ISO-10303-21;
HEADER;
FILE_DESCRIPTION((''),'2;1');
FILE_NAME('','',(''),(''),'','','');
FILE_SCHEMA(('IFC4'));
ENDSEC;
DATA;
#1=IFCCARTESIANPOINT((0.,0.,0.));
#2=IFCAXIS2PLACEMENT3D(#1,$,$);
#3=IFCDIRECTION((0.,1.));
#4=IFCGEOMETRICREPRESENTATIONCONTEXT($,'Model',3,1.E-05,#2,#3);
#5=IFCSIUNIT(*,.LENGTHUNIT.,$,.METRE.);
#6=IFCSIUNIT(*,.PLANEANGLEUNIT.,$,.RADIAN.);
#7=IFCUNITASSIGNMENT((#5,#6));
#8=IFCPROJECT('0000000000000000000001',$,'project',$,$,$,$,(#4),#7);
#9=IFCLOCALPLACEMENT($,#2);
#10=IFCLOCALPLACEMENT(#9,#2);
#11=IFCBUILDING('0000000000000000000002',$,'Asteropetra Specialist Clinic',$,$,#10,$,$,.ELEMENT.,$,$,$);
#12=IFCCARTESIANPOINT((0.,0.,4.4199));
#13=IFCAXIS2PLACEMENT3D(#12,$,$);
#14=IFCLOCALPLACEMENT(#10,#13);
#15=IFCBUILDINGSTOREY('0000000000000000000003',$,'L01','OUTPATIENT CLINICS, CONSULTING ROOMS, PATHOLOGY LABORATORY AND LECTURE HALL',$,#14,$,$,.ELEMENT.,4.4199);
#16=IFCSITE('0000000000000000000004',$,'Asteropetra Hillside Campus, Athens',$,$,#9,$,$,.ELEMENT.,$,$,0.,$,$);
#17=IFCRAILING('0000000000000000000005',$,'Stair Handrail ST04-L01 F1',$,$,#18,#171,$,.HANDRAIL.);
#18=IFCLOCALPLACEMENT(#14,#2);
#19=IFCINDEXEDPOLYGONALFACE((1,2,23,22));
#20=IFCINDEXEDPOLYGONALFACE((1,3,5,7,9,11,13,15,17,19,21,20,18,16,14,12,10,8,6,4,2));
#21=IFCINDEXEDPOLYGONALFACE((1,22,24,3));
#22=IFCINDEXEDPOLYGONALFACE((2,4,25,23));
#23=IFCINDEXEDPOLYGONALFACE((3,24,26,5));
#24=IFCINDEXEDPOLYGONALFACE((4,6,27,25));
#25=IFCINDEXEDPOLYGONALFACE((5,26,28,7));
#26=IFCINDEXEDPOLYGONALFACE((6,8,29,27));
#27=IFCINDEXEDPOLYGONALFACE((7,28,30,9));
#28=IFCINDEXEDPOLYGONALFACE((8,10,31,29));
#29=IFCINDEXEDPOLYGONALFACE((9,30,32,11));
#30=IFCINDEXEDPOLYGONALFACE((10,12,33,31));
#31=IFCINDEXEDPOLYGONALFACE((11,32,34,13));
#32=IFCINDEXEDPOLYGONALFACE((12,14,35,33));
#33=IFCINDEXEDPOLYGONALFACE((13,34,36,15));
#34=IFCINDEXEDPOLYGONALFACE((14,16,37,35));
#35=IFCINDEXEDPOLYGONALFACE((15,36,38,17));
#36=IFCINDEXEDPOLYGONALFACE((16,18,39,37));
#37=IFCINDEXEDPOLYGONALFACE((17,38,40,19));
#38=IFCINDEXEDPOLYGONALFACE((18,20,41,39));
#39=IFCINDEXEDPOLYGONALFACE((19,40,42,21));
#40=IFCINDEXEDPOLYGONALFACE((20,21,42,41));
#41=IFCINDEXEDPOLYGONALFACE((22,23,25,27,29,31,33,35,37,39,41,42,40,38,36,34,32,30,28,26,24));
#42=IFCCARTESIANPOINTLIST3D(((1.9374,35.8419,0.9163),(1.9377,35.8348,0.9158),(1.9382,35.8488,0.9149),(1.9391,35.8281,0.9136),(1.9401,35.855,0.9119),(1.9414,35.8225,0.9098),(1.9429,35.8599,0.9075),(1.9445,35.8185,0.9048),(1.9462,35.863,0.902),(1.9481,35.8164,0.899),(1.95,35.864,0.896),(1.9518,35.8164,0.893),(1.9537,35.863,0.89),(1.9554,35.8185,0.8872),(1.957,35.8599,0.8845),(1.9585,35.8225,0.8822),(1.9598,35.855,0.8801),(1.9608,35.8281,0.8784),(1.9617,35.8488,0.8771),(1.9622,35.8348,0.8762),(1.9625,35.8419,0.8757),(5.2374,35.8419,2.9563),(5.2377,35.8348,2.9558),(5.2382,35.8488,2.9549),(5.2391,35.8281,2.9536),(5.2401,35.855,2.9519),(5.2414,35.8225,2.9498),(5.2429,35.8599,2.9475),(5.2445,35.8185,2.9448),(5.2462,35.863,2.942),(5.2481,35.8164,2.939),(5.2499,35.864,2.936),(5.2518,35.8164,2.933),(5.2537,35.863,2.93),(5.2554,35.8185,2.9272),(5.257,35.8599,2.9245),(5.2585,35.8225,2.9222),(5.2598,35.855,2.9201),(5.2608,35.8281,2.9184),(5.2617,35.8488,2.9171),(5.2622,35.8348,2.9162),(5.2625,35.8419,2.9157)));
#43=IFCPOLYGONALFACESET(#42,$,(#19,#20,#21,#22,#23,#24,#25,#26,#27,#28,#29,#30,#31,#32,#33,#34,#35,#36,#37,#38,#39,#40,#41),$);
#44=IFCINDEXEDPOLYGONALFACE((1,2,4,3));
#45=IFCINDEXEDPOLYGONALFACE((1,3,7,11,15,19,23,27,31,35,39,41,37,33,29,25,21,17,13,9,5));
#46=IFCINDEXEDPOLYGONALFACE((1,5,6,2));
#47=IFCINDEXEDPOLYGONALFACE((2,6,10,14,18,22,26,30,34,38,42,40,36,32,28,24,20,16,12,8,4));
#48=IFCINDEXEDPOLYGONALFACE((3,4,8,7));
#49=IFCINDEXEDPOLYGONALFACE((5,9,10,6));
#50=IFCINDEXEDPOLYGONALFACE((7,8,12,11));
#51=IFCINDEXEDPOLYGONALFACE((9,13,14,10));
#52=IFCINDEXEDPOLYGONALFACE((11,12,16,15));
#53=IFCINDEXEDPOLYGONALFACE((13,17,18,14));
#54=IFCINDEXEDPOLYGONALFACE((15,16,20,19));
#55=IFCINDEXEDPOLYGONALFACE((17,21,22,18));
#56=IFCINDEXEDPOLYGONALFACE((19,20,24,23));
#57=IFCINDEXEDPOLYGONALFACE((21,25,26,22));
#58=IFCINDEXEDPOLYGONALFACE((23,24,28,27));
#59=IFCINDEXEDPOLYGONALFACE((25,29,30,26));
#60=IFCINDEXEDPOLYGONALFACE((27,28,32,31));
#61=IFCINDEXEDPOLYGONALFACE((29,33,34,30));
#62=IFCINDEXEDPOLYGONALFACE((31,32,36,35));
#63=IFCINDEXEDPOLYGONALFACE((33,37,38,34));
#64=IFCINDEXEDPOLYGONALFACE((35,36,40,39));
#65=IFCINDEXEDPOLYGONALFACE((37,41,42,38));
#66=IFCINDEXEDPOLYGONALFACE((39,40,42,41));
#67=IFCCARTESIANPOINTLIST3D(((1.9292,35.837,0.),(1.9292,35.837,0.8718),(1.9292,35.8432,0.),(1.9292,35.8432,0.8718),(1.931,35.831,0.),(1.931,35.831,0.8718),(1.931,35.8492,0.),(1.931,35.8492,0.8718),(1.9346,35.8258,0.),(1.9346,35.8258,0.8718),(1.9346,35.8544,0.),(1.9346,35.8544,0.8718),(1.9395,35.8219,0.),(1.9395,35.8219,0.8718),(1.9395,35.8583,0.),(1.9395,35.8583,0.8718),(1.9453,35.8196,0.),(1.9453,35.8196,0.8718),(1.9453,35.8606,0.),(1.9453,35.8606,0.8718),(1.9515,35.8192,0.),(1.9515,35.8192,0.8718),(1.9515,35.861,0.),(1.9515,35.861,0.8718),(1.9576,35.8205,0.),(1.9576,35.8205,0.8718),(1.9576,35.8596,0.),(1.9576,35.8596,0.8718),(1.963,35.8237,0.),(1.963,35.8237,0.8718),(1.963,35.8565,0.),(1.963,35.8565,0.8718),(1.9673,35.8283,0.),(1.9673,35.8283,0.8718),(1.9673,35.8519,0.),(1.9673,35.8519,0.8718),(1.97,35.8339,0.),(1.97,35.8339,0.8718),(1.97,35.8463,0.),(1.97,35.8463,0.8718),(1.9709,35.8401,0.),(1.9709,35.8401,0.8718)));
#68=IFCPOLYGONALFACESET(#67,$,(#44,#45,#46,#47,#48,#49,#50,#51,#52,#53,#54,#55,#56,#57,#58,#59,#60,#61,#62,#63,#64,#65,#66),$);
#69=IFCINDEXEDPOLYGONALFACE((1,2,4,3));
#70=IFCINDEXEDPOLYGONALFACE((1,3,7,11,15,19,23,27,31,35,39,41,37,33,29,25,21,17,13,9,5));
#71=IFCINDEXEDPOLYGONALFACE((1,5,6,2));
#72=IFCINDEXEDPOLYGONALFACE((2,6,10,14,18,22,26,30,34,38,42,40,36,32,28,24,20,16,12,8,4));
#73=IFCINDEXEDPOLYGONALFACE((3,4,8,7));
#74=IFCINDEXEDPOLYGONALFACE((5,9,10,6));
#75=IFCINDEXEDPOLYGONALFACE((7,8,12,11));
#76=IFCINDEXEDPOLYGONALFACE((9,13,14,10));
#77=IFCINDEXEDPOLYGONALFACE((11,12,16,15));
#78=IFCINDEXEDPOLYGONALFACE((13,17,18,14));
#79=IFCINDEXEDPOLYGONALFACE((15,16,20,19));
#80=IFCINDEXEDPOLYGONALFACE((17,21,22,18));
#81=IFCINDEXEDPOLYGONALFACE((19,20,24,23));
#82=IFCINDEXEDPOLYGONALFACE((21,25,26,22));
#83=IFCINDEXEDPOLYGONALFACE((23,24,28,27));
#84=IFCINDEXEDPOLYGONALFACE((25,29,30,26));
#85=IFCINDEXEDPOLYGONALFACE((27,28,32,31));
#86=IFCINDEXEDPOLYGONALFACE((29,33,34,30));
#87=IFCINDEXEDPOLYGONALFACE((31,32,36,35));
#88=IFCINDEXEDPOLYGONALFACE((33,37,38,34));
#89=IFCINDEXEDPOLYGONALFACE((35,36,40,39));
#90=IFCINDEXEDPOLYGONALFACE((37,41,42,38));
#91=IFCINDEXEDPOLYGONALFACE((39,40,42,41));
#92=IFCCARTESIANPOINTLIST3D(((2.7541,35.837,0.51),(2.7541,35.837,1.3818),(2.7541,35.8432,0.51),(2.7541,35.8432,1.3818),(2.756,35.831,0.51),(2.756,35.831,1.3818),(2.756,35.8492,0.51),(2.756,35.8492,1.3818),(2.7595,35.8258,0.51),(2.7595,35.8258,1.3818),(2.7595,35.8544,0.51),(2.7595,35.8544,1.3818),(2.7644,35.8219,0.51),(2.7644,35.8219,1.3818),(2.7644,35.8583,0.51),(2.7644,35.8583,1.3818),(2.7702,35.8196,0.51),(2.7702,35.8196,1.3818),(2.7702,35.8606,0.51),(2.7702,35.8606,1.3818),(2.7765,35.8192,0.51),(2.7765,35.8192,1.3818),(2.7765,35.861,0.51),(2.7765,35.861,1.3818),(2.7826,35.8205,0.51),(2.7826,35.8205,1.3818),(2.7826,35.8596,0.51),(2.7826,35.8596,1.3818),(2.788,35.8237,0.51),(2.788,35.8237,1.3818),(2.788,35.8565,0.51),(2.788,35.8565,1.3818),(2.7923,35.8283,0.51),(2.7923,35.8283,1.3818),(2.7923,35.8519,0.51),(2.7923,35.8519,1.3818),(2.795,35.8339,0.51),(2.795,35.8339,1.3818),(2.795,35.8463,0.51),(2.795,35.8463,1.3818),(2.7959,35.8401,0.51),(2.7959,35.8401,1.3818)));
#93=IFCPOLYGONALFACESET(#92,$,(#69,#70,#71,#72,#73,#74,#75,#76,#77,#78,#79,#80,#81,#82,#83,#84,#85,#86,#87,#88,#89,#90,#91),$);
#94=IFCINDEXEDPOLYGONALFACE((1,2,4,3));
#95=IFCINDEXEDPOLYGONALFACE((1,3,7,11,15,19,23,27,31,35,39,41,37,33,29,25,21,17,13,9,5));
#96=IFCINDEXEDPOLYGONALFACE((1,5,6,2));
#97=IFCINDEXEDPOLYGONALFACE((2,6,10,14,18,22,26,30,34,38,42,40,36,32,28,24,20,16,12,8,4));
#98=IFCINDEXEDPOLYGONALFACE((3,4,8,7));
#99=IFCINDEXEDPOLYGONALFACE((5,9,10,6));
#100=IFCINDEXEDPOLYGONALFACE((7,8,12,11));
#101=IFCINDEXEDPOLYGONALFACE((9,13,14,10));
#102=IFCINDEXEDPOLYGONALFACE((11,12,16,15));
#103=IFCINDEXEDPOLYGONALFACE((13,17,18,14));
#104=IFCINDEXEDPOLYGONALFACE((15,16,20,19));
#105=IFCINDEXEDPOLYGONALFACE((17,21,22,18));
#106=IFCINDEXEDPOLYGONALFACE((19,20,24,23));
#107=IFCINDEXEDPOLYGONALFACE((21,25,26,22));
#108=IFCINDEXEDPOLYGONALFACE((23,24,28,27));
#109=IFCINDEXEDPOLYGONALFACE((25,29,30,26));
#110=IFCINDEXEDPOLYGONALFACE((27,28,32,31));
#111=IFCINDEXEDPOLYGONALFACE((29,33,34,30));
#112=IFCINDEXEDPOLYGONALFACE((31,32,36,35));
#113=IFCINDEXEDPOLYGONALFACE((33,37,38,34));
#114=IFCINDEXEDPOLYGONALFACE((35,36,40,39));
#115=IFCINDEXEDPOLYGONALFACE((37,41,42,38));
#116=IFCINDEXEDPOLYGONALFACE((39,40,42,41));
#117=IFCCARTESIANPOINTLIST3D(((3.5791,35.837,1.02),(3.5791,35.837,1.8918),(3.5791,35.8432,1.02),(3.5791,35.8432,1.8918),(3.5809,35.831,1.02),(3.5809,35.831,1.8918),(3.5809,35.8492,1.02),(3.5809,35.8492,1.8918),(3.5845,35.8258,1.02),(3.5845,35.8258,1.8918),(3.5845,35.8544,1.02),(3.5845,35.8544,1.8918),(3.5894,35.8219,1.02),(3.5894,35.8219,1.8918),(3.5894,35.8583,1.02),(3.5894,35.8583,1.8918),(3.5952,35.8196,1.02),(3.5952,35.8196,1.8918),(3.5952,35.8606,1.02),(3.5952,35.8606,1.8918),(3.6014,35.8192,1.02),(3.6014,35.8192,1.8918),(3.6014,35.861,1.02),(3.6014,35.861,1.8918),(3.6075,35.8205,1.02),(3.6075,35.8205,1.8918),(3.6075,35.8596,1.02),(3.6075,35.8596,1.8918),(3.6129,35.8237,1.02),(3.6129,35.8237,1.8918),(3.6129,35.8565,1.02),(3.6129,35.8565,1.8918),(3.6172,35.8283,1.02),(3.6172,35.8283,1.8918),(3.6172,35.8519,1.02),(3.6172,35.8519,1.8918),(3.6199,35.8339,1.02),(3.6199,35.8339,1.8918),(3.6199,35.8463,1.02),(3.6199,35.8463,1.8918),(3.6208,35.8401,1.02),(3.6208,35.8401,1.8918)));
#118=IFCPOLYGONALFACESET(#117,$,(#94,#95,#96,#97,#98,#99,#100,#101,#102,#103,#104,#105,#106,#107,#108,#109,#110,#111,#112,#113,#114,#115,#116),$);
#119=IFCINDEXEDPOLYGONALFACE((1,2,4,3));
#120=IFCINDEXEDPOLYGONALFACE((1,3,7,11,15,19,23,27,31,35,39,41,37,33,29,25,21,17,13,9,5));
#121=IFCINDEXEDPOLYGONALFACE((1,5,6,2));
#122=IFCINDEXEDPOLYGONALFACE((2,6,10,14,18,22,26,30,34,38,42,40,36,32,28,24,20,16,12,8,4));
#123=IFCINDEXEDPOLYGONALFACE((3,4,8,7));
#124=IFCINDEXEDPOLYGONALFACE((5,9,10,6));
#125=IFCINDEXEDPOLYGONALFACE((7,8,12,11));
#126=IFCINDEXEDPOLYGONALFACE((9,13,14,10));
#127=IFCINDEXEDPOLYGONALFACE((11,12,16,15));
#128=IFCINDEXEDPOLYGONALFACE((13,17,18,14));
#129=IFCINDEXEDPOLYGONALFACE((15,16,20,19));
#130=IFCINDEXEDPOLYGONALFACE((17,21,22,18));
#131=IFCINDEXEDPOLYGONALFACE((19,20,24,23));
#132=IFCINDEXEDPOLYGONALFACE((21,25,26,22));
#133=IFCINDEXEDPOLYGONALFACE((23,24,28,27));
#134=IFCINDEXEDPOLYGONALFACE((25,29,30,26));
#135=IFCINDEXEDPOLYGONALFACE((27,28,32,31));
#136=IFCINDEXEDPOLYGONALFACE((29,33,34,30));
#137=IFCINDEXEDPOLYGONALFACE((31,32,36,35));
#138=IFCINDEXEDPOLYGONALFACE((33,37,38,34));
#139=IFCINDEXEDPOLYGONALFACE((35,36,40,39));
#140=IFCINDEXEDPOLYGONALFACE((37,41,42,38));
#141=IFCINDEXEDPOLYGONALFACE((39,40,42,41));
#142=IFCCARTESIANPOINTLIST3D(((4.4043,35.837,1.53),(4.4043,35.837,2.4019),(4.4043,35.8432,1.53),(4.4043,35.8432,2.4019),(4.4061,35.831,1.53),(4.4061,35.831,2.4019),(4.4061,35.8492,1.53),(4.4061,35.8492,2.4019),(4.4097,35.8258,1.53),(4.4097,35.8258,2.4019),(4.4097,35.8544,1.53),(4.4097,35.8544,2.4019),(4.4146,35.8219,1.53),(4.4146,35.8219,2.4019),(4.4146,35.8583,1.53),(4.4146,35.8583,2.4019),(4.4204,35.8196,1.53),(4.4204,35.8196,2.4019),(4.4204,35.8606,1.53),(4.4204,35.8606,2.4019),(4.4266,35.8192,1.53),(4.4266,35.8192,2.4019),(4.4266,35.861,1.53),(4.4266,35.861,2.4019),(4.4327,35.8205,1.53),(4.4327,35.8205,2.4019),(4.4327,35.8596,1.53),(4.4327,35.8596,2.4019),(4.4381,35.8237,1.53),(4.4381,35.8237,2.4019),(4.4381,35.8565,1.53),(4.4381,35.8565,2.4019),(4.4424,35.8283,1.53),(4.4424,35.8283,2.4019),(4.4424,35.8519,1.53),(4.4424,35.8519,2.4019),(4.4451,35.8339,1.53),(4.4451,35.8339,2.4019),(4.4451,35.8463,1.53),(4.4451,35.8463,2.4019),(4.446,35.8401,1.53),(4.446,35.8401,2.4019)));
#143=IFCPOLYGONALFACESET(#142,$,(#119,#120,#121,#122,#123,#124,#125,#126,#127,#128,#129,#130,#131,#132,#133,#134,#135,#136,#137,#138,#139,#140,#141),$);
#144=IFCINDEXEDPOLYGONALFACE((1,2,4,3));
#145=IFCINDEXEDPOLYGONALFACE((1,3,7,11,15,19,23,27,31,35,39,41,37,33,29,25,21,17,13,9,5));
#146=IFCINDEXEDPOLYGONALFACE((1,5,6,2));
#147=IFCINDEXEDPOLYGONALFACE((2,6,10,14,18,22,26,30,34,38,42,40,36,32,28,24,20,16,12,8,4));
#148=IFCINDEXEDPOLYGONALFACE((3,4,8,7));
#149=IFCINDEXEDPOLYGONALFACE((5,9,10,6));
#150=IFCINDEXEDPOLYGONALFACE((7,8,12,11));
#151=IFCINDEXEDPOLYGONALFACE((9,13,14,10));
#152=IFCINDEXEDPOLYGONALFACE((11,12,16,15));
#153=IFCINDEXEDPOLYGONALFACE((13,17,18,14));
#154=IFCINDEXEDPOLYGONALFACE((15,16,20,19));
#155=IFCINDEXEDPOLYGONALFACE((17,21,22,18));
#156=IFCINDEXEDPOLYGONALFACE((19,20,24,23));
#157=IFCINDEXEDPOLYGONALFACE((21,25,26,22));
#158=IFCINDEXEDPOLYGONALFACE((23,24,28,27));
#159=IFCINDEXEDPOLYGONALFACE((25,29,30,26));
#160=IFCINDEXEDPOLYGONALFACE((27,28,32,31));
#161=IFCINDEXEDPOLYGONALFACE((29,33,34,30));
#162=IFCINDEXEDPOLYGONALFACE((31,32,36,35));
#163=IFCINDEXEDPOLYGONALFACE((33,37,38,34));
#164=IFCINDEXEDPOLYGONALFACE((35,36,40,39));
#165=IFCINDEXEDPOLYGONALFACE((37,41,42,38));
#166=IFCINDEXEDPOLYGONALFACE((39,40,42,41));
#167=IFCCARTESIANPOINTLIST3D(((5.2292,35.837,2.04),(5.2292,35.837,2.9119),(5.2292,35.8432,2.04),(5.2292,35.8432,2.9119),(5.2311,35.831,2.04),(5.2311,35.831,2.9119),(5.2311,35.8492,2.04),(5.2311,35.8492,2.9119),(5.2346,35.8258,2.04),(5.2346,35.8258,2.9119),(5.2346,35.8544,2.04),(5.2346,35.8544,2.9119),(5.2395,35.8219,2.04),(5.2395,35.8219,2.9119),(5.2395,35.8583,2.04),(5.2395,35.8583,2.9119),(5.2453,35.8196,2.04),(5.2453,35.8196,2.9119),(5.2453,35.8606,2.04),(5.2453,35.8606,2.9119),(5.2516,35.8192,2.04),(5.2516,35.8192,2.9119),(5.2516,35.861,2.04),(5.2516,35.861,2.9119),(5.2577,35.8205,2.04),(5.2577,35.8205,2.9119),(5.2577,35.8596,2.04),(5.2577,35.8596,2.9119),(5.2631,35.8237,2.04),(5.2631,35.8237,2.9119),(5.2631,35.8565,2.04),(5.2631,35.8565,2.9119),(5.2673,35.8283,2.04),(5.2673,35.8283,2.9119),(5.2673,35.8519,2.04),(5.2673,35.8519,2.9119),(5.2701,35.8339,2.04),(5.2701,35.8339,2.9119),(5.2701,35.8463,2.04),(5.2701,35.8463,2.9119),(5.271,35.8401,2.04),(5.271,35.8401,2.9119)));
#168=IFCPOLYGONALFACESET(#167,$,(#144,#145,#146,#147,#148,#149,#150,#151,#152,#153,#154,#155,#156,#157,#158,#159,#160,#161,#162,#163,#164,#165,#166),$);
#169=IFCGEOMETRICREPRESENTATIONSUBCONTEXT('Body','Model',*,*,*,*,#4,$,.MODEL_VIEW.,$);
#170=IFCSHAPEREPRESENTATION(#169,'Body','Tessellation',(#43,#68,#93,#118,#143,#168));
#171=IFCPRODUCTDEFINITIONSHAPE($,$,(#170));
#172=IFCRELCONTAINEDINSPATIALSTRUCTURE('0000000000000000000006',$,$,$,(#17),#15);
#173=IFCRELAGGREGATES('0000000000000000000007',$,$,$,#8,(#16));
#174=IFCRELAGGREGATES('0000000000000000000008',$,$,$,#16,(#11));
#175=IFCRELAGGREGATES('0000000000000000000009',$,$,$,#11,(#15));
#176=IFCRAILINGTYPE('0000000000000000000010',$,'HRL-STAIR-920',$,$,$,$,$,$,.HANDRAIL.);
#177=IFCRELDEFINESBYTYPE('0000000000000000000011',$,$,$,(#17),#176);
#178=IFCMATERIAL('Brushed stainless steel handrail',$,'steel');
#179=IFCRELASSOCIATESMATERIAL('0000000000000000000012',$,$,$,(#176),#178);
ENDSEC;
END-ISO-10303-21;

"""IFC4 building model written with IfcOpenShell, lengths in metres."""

from ifc_helpers import new_model, si_unit, direction, frame, origin, origin_2d, place, context, subcontext, project, spatial, circle, extrude, material, type_object, element, save


model = new_model("IFC4")

# Units and contexts
model_context = context("Model", 3, precision=1e-05, world=origin(), true_north=direction((0.0, 1.0)))
body_context = subcontext(model_context, "Body", "Model", "MODEL_VIEW")
ifc_project = project(units=[si_unit("LENGTHUNIT", "METRE"), si_unit("PLANEANGLEUNIT", "RADIAN")], contexts=[model_context])

# Site, building, storey
site_placement = place(None, origin())
site = spatial("IfcSite", under=ifc_project, at=site_placement, Name="Asteropetra Hillside Campus, Athens", CompositionType="ELEMENT", RefElevation=0.0)
building_placement = place(site_placement, origin())
building = spatial("IfcBuilding", under=site, at=building_placement, Name="Asteropetra Specialist Clinic", CompositionType="ELEMENT")
storey_placement = place(building_placement, frame((0.0, 0.0, 4.4199)))
storey = spatial("IfcBuildingStorey", under=building, at=storey_placement, Name="L01", Description="OUTPATIENT CLINICS, CONSULTING ROOMS, PATHOLOGY LABORATORY AND LECTURE HALL", CompositionType="ELEMENT", Elevation=4.4199)

# Railing
ifc_material_1 = material(Name="Brushed stainless steel handrail", Category="steel")
railing_type_1 = type_object("IfcRailingType", Name="HRL-STAIR-920", PredefinedType="HANDRAIL", material=ifc_material_1)
railing_1_placement = place(storey_placement, frame((1.95, 35.8401, 0.0)))
element("IfcRailing", 1, at=railing_1_placement, inside=storey, type_object=railing_type_1, Name="Stair Handrail ST04-L01 F1", PredefinedType="HANDRAIL", context=body_context, shape_type="SweptSolid", body=[
    extrude(circle(Radius=0.0239, at=origin_2d()), frame((0.0, 0.0, 0.896), z_axis=(0.850594, 0.0, 0.525824), x_axis=(0.0, 1.0, 0.0)), (0.0, 0.0, 1.0), 3.8796),
    extrude(circle(Radius=0.021, at=origin_2d()), origin(), (0.0, 0.0, 1.0), 0.8718),
    extrude(circle(Radius=0.021, at=origin_2d()), frame((0.825, 0.0, 0.51)), (0.0, 0.0, 1.0), 0.8718),
    extrude(circle(Radius=0.021, at=origin_2d()), frame((1.6499, 0.0, 1.02)), (0.0, 0.0, 1.0), 0.8718),
    extrude(circle(Radius=0.021, at=origin_2d()), frame((2.4751, 0.0, 1.53)), (0.0, 0.0, 1.0), 0.8718),
    extrude(circle(Radius=0.021, at=origin_2d()), frame((3.3, 0.0, 2.04)), (0.0, 0.0, 1.0), 0.8718),
])

save(model, "model.ifc")
